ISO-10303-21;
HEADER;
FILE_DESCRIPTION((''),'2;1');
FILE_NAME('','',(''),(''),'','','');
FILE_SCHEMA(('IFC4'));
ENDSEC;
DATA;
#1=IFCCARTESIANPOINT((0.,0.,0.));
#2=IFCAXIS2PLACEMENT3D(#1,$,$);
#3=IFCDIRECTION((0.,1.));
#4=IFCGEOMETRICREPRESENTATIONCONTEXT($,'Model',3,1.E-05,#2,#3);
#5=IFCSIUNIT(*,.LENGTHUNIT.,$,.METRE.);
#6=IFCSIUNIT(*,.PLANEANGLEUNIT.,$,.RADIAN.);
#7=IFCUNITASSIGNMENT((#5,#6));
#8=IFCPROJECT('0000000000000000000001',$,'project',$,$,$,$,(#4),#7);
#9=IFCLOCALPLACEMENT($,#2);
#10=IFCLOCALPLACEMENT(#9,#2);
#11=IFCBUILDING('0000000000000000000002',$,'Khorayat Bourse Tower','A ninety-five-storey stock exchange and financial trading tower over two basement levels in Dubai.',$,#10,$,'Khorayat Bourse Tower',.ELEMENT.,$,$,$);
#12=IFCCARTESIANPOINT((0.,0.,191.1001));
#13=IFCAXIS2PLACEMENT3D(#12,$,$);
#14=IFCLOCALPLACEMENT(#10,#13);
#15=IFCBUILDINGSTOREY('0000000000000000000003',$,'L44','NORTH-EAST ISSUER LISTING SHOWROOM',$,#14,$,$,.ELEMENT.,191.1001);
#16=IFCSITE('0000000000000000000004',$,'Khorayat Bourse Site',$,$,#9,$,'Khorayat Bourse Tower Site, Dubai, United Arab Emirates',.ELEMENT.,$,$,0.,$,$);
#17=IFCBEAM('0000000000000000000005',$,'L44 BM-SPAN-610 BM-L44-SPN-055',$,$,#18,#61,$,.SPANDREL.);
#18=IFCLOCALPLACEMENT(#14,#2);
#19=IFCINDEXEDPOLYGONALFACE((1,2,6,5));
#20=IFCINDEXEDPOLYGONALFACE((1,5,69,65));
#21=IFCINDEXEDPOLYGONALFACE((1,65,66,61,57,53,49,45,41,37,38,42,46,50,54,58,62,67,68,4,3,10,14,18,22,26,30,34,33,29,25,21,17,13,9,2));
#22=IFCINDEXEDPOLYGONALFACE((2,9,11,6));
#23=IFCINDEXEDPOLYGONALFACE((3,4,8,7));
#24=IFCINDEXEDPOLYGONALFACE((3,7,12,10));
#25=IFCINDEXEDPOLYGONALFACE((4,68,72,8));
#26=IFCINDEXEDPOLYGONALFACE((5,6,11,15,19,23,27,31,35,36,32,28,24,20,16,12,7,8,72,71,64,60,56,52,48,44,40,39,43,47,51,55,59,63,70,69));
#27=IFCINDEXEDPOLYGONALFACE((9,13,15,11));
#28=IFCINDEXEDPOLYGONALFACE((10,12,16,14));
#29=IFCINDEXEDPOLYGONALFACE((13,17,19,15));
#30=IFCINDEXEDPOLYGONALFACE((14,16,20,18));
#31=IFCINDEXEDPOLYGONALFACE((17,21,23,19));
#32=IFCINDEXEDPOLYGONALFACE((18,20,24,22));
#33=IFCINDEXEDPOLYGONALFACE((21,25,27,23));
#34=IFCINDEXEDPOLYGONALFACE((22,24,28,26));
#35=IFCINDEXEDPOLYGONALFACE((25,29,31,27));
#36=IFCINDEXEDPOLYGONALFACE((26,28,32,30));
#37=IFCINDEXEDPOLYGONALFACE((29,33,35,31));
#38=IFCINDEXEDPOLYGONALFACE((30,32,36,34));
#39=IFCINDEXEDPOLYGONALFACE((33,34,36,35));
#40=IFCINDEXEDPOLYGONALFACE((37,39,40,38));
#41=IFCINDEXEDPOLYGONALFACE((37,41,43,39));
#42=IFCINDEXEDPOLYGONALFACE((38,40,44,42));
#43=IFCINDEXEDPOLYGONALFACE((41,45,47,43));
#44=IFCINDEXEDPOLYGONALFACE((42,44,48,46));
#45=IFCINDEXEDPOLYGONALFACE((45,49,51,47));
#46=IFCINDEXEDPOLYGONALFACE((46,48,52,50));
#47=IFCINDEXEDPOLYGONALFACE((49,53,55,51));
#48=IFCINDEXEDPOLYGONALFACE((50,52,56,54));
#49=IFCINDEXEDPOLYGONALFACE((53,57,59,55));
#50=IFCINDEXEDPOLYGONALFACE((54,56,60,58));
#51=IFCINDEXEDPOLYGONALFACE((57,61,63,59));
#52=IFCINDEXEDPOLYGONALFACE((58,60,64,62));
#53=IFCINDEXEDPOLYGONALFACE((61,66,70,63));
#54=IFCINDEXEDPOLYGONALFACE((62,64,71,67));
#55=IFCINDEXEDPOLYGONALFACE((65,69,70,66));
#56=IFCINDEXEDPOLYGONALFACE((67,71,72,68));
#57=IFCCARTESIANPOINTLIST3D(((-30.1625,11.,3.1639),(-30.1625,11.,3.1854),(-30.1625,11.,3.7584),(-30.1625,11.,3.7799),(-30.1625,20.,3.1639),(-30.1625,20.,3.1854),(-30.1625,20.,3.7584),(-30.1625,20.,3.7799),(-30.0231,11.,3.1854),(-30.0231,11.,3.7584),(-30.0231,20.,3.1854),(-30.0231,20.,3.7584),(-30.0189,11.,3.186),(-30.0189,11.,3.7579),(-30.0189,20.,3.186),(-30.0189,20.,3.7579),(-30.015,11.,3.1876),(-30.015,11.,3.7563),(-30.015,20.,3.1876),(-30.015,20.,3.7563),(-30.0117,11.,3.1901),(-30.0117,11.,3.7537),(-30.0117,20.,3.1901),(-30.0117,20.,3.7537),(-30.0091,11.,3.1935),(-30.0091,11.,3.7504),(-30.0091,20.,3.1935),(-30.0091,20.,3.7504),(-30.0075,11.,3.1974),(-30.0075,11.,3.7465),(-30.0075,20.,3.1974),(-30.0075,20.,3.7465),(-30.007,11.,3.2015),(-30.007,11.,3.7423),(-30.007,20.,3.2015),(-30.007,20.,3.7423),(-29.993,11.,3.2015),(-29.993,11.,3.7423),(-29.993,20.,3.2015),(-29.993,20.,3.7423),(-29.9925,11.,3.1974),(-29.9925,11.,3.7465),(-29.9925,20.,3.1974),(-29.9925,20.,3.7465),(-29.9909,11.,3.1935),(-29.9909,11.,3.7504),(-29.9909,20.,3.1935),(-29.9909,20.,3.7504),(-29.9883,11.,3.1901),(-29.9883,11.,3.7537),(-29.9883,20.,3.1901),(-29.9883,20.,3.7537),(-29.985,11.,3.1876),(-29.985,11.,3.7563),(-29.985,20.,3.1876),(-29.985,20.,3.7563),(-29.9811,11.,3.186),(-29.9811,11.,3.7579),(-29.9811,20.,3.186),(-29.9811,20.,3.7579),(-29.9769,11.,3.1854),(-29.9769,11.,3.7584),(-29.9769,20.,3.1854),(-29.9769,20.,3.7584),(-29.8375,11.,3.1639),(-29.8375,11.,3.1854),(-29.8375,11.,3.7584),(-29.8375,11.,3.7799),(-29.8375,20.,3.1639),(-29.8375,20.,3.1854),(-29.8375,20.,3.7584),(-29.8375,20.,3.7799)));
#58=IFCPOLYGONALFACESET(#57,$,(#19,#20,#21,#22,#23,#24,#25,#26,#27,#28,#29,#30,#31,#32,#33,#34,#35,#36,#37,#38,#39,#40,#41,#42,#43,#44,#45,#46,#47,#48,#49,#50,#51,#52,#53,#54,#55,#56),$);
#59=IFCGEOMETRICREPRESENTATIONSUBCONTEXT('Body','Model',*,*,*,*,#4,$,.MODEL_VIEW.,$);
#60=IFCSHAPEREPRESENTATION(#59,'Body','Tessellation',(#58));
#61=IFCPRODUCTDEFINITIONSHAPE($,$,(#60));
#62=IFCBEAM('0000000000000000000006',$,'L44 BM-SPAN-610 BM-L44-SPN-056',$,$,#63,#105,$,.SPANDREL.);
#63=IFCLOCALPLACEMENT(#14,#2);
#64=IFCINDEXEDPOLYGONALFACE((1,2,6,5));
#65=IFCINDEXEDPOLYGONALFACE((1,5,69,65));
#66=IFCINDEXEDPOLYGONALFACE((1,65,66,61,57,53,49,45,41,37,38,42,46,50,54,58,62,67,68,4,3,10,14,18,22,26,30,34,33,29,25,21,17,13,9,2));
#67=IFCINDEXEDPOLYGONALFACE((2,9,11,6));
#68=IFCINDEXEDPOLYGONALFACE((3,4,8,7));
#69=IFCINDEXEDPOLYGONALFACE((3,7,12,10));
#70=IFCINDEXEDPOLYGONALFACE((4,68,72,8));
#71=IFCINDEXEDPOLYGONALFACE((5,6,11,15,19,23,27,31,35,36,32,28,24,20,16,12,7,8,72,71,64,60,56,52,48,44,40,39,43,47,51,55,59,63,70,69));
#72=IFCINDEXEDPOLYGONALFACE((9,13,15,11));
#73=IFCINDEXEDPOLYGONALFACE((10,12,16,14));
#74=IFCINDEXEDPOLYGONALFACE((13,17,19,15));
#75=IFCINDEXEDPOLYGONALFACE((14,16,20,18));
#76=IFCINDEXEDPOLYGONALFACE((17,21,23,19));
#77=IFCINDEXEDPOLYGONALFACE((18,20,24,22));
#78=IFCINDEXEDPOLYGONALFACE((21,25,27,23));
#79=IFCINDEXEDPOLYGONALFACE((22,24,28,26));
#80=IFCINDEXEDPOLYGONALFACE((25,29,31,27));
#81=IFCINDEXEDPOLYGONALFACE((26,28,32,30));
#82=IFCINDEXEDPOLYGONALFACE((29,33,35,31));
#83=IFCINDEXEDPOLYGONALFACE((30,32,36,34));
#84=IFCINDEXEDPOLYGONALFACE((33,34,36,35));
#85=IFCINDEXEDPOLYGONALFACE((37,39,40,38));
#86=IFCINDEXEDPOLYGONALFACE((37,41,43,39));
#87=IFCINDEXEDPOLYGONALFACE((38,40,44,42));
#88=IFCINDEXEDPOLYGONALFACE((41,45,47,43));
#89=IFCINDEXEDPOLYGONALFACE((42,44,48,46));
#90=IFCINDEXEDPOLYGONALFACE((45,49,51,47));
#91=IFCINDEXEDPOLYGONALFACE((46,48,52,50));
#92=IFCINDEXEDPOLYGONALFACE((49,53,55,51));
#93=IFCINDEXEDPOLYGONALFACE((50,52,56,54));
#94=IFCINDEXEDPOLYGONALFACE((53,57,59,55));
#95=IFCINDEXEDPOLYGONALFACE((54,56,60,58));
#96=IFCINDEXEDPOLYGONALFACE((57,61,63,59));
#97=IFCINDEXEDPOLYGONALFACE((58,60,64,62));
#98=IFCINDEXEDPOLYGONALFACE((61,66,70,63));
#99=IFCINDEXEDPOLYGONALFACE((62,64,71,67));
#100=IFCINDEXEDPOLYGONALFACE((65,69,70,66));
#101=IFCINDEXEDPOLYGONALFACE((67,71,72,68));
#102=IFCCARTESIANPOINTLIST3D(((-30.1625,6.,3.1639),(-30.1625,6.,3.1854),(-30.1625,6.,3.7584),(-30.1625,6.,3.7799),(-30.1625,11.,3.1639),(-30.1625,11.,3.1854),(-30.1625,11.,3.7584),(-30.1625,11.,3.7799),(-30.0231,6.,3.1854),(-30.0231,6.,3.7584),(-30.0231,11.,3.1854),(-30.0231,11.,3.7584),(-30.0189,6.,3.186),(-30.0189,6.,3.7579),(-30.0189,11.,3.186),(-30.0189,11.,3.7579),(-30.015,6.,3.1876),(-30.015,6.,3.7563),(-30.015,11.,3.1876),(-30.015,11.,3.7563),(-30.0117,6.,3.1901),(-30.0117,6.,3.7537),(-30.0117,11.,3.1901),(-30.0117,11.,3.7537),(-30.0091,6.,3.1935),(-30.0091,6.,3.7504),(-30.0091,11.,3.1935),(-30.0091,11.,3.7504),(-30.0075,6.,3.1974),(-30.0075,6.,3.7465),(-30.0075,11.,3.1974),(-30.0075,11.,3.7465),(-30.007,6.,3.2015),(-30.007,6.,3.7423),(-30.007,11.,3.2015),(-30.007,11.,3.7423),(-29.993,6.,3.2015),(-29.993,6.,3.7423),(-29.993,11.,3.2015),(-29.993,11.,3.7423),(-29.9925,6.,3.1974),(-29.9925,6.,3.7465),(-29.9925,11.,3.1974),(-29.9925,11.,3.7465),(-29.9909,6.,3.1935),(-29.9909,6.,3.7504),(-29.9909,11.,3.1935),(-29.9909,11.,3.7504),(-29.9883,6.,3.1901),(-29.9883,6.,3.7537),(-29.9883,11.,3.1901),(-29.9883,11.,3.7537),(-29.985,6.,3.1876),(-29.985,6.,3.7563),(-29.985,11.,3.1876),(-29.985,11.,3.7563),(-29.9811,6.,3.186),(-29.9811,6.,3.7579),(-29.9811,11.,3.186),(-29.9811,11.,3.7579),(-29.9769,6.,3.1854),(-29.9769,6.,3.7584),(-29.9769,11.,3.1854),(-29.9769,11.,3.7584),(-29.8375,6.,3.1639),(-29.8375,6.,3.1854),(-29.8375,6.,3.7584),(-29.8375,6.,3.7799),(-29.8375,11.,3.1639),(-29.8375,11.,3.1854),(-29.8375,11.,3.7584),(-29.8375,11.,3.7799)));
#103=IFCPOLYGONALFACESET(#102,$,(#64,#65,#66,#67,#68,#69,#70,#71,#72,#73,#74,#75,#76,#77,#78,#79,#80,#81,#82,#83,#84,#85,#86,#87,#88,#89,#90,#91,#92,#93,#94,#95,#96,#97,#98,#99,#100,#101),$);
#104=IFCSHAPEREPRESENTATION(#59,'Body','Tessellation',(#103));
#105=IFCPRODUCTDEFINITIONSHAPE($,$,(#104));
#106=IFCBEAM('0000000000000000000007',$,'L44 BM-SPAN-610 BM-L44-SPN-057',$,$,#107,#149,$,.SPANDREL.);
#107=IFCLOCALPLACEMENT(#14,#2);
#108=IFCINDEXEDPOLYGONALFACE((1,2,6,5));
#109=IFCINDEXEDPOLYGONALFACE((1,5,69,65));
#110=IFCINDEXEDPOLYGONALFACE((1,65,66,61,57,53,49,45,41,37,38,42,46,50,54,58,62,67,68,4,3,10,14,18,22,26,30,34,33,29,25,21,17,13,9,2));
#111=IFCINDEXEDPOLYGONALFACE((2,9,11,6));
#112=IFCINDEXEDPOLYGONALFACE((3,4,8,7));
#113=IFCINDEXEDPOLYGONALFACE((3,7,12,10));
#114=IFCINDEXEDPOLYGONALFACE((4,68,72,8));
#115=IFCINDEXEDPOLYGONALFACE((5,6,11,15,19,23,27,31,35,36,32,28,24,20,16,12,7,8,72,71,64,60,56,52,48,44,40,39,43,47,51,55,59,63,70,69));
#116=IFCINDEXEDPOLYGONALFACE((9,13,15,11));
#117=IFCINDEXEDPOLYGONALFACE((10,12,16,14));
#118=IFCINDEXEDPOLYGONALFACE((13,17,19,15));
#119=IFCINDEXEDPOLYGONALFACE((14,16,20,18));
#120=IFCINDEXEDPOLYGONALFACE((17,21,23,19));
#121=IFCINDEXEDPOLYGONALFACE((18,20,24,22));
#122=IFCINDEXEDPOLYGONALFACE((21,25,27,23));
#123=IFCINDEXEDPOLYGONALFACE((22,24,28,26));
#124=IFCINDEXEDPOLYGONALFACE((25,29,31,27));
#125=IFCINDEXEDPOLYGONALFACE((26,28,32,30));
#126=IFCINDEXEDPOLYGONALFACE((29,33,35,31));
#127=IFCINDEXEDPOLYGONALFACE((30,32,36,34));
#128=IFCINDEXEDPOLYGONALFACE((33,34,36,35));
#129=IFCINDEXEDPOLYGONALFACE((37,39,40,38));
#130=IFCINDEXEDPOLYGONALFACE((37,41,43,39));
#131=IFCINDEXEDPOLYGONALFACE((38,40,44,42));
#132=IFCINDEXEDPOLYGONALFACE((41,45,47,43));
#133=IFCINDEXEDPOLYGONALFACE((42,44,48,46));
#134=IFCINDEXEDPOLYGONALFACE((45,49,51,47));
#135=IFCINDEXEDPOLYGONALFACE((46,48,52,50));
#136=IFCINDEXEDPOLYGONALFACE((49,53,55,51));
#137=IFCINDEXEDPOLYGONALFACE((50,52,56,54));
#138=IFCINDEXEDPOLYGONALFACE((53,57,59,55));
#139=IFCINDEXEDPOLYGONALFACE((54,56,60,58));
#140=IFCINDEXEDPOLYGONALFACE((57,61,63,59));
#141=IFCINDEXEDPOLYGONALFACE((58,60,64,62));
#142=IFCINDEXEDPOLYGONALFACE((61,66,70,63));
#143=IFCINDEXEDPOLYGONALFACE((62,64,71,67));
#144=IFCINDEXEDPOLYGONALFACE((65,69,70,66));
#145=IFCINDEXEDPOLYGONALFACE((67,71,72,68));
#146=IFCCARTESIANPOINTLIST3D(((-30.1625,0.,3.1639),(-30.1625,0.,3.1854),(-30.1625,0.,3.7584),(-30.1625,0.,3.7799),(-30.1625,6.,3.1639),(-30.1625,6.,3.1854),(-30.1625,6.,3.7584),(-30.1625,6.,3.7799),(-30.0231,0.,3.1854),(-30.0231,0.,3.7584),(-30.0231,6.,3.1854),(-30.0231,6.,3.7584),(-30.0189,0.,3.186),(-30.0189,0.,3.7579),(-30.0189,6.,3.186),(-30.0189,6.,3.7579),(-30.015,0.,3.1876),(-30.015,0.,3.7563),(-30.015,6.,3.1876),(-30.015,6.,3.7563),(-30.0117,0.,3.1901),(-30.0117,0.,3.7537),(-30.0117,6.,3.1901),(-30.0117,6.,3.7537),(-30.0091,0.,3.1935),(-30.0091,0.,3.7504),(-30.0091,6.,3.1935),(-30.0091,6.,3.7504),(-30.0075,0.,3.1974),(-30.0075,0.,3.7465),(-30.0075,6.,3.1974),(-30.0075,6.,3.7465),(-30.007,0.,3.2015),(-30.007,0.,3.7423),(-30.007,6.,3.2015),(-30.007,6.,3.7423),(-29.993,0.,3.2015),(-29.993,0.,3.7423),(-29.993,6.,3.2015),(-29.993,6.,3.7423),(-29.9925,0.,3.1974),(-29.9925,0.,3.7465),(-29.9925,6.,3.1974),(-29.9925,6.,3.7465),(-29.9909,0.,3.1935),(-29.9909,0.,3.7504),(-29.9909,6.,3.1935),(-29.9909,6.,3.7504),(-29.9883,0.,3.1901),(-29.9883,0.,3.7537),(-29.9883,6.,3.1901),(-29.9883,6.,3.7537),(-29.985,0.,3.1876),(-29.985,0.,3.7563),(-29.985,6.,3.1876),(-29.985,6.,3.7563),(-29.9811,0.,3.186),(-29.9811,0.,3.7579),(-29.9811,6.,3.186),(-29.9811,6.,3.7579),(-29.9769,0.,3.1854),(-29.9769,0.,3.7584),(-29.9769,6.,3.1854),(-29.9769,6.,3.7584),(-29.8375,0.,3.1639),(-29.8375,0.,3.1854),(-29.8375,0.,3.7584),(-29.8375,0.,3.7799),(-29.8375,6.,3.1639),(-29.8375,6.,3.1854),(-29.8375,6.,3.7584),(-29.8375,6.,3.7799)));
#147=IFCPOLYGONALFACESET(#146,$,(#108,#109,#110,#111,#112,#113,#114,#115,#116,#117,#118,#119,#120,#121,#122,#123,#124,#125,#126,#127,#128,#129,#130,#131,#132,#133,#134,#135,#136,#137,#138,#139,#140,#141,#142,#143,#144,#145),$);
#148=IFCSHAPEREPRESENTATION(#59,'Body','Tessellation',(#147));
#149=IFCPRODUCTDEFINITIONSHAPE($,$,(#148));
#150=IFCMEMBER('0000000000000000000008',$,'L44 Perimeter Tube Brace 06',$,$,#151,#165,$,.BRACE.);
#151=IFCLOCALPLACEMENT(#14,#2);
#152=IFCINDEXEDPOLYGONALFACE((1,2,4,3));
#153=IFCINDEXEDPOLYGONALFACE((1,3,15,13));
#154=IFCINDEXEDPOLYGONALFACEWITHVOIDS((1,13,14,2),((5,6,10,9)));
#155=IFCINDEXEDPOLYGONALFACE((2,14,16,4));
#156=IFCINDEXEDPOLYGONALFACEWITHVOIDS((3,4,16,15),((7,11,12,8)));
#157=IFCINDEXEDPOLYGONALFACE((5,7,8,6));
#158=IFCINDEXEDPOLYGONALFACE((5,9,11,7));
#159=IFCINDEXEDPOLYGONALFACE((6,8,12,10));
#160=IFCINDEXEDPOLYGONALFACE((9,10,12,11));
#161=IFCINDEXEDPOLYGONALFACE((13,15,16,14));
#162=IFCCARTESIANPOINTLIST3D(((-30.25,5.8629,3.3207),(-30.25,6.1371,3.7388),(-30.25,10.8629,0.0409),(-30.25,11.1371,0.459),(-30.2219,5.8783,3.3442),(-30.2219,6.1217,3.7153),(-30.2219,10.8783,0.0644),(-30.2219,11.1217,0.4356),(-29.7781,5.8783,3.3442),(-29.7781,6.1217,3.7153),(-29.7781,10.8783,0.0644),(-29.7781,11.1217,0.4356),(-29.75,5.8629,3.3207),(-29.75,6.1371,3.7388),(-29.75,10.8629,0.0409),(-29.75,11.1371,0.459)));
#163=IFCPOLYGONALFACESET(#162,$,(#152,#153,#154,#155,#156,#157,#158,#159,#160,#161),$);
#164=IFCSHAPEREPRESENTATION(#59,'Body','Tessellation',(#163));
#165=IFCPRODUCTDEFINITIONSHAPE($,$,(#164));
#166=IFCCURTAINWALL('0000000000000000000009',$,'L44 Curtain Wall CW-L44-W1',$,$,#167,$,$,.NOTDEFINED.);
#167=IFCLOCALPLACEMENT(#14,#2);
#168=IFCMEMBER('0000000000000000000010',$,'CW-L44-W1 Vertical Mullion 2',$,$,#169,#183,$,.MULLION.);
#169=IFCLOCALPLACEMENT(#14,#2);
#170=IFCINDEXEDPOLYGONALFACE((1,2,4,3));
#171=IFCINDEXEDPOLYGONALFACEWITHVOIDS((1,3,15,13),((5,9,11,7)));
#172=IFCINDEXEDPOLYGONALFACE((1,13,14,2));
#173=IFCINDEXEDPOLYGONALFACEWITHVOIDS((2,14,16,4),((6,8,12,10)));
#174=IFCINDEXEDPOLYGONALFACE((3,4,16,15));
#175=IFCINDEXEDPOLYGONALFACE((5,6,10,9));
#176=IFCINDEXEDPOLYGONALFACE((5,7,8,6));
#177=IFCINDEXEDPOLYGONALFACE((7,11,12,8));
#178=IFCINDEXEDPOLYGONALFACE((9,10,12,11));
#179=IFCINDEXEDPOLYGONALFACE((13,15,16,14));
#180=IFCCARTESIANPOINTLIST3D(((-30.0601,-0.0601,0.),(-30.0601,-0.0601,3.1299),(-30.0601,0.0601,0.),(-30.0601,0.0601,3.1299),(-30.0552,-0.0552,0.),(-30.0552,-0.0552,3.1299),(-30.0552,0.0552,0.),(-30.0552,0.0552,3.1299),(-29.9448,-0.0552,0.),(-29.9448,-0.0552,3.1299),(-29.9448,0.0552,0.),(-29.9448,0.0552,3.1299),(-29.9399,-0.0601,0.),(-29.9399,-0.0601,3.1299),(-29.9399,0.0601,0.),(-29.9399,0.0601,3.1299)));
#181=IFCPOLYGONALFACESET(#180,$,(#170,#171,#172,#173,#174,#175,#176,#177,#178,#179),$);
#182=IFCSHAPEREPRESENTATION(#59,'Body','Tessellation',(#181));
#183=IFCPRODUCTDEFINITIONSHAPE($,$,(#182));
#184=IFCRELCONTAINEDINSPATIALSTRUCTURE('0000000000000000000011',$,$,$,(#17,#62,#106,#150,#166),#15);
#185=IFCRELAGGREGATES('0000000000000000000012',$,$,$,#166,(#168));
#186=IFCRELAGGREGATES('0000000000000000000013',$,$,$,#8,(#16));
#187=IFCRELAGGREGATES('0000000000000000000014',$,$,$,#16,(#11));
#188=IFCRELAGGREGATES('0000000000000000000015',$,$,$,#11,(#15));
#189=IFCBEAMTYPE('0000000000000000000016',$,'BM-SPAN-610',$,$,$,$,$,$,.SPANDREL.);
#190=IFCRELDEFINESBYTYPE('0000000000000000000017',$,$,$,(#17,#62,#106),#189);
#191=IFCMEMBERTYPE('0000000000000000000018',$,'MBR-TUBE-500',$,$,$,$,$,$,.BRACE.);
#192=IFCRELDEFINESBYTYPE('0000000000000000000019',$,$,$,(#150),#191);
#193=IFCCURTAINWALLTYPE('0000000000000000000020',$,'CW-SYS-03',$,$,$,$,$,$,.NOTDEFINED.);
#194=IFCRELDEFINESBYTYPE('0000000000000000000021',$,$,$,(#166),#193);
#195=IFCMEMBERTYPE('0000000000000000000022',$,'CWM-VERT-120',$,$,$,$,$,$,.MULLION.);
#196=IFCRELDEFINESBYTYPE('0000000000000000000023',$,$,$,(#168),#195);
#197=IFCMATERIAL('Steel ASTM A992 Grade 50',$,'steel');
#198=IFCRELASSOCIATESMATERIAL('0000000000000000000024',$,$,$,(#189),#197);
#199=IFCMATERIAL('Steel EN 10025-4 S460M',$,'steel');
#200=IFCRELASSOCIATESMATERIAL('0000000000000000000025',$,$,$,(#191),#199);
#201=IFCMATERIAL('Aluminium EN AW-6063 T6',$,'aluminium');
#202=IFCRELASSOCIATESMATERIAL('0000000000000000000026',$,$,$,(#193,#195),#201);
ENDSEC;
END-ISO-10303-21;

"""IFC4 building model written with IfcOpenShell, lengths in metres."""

from ifc_helpers import new_model, si_unit, direction, frame, origin, origin_2d, place, context, subcontext, project, spatial, hollow_rectangle, i_section, extrude, source, transform, mapped, material, material_profile, profile_set, type_object, element, aggregate, save


model = new_model("IFC4")

# Units and contexts
model_context = context("Model", 3, precision=1e-05, world=origin(), true_north=direction((0.0, 1.0)))
body_context = subcontext(model_context, "Body", "Model", "MODEL_VIEW")
ifc_project = project(units=[si_unit("LENGTHUNIT", "METRE"), si_unit("PLANEANGLEUNIT", "RADIAN")], contexts=[model_context])

# Site, building, storey
site_placement = place(None, origin())
site = spatial("IfcSite", under=ifc_project, at=site_placement, Name="Khorayat Bourse Site", LongName="Khorayat Bourse Tower Site, Dubai, United Arab Emirates", CompositionType="ELEMENT", RefElevation=0.0)
building_placement = place(site_placement, origin())
building = spatial("IfcBuilding", under=site, at=building_placement, Name="Khorayat Bourse Tower", Description="A ninety-five-storey stock exchange and financial trading tower over two basement levels in Dubai.", LongName="Khorayat Bourse Tower", CompositionType="ELEMENT")
storey_placement = place(building_placement, frame((0.0, 0.0, 191.1001)))
storey = spatial("IfcBuildingStorey", under=building, at=storey_placement, Name="L44", Description="NORTH-EAST ISSUER LISTING SHOWROOM", CompositionType="ELEMENT", Elevation=191.1001)

# Shared definitions
ifc_material_1 = material(Name="Steel EN 10025-4 S460M", Category="steel")

# Beams
ifc_material_2 = material(Name="Steel ASTM A992 Grade 50", Category="steel")
ifc_material_profile_1 = material_profile(ifc_material_2, i_section(OverallWidth=0.325, OverallDepth=0.616, WebThickness=0.0139, FlangeThickness=0.0215, FilletRadius=0.0161, at=origin_2d()), Name="W610X174")
ifc_profile_set_1 = profile_set([ifc_material_profile_1], Name="Steel ASTM A992 Grade 50")
beam_type_1 = type_object("IfcBeamType", Name="BM-SPAN-610", PredefinedType="SPANDREL", material=ifc_profile_set_1)
shared_shape_1 = source(origin(), body_context, "Body", "SweptSolid", [
    extrude(i_section(OverallWidth=0.325, OverallDepth=0.616, WebThickness=0.0139, FlangeThickness=0.0215, FilletRadius=0.0161, at=origin_2d()), origin(), (0.0, 0.0, 1.0), 9.0),
])
beam_1_placement = place(storey_placement, frame((-30.0, 11.0, 3.4719), z_axis=(0.0, 1.0, 0.0), x_axis=(-1.0, 0.0, 0.0)))
element("IfcBeam", 1, at=beam_1_placement, inside=storey, type_object=beam_type_1, Name="L44 BM-SPAN-610 BM-L44-SPN-055", PredefinedType="SPANDREL", context=body_context, shape_type="MappedRepresentation", body=[
    mapped(shared_shape_1, transform((0.0, 0.0, 0.0), scale=1.0)),
])
shared_shape_2 = source(origin(), body_context, "Body", "SweptSolid", [
    extrude(i_section(OverallWidth=0.325, OverallDepth=0.616, WebThickness=0.0139, FlangeThickness=0.0215, FilletRadius=0.0161, at=origin_2d()), origin(), (0.0, 0.0, 1.0), 5.0),
])
beam_2_placement = place(storey_placement, frame((-30.0, 6.0, 3.4719), z_axis=(0.0, 1.0, 0.0), x_axis=(-1.0, 0.0, 0.0)))
element("IfcBeam", 2, at=beam_2_placement, inside=storey, type_object=beam_type_1, Name="L44 BM-SPAN-610 BM-L44-SPN-056", PredefinedType="SPANDREL", context=body_context, shape_type="MappedRepresentation", body=[
    mapped(shared_shape_2, transform((0.0, 0.0, 0.0), scale=1.0)),
])
shared_shape_3 = source(origin(), body_context, "Body", "SweptSolid", [
    extrude(i_section(OverallWidth=0.325, OverallDepth=0.616, WebThickness=0.0139, FlangeThickness=0.0215, FilletRadius=0.0161, at=origin_2d()), origin(), (0.0, 0.0, 1.0), 6.0),
])
beam_3_placement = place(storey_placement, frame((-30.0, 0.0, 3.4719), z_axis=(0.0, 1.0, 0.0), x_axis=(-1.0, 0.0, 0.0)))
element("IfcBeam", 3, at=beam_3_placement, inside=storey, type_object=beam_type_1, Name="L44 BM-SPAN-610 BM-L44-SPN-057", PredefinedType="SPANDREL", context=body_context, shape_type="MappedRepresentation", body=[
    mapped(shared_shape_3, transform((0.0, 0.0, 0.0), scale=1.0)),
])

# Member
ifc_material_profile_2 = material_profile(ifc_material_1, hollow_rectangle(XDim=0.5, YDim=0.5, WallThickness=0.0281, at=origin_2d()), Name="HSS 500x500x28")
ifc_profile_set_2 = profile_set([ifc_material_profile_2], Name="Steel EN 10025-4 S460M")
member_type_1 = type_object("IfcMemberType", Name="MBR-TUBE-500", PredefinedType="BRACE", material=ifc_profile_set_2)
shared_shape_4 = source(origin(), body_context, "Body", "SweptSolid", [
    extrude(hollow_rectangle(XDim=0.5, YDim=0.5, WallThickness=0.0281, at=origin_2d()), origin(), (0.0, 0.0, 1.0), 5.9797),
])
member_1_placement = place(storey_placement, frame((-30.0, 6.0, 3.5298), z_axis=(0.0, 0.83616, -0.548485), x_axis=(-1.0, 0.0, 0.0)))
element("IfcMember", 4, at=member_1_placement, inside=storey, type_object=member_type_1, Name="L44 Perimeter Tube Brace 06", PredefinedType="BRACE", context=body_context, shape_type="MappedRepresentation", body=[
    mapped(shared_shape_4, transform((0.0, 0.0, 0.0), scale=1.0)),
])

# Curtain wall, member
ifc_material_3 = material(Name="Aluminium EN AW-6063 T6", Category="aluminium")
curtain_wall_type = type_object("IfcCurtainWallType", Name="CW-SYS-03", PredefinedType="NOTDEFINED", material=ifc_material_3)
curtain_wall_placement = place(storey_placement, origin())
curtain_wall = element("IfcCurtainWall", 5, at=curtain_wall_placement, inside=storey, type_object=curtain_wall_type, Name="L44 Curtain Wall CW-L44-W1", PredefinedType="NOTDEFINED")
ifc_material_profile_3 = material_profile(ifc_material_3, hollow_rectangle(XDim=0.1201, YDim=0.1201, WallThickness=0.0049, at=origin_2d()), Name="ALU 120x120x5")
ifc_profile_set_3 = profile_set([ifc_material_profile_3], Name="Aluminium EN AW-6063 T6")
member_type_2 = type_object("IfcMemberType", Name="CWM-VERT-120", PredefinedType="MULLION", material=ifc_profile_set_3)
shared_shape_5 = source(origin(), body_context, "Body", "SweptSolid", [
    extrude(hollow_rectangle(XDim=0.1201, YDim=0.1201, WallThickness=0.0049, at=origin_2d()), origin(), (0.0, 0.0, 1.0), 3.1299),
])
member_2_placement = place(storey_placement, frame((-30.0, 0.0, 0.0), z_axis=(0.0, 0.0, 1.0), x_axis=(-1.0, 0.0, 0.0)))
member_2 = element("IfcMember", 6, at=member_2_placement, type_object=member_type_2, Name="CW-L44-W1 Vertical Mullion 2", PredefinedType="MULLION", context=body_context, shape_type="MappedRepresentation", body=[
    mapped(shared_shape_5, transform((0.0, 0.0, 0.0), scale=1.0)),
])
aggregate(curtain_wall, [member_2])

save(model, "model.ifc")
